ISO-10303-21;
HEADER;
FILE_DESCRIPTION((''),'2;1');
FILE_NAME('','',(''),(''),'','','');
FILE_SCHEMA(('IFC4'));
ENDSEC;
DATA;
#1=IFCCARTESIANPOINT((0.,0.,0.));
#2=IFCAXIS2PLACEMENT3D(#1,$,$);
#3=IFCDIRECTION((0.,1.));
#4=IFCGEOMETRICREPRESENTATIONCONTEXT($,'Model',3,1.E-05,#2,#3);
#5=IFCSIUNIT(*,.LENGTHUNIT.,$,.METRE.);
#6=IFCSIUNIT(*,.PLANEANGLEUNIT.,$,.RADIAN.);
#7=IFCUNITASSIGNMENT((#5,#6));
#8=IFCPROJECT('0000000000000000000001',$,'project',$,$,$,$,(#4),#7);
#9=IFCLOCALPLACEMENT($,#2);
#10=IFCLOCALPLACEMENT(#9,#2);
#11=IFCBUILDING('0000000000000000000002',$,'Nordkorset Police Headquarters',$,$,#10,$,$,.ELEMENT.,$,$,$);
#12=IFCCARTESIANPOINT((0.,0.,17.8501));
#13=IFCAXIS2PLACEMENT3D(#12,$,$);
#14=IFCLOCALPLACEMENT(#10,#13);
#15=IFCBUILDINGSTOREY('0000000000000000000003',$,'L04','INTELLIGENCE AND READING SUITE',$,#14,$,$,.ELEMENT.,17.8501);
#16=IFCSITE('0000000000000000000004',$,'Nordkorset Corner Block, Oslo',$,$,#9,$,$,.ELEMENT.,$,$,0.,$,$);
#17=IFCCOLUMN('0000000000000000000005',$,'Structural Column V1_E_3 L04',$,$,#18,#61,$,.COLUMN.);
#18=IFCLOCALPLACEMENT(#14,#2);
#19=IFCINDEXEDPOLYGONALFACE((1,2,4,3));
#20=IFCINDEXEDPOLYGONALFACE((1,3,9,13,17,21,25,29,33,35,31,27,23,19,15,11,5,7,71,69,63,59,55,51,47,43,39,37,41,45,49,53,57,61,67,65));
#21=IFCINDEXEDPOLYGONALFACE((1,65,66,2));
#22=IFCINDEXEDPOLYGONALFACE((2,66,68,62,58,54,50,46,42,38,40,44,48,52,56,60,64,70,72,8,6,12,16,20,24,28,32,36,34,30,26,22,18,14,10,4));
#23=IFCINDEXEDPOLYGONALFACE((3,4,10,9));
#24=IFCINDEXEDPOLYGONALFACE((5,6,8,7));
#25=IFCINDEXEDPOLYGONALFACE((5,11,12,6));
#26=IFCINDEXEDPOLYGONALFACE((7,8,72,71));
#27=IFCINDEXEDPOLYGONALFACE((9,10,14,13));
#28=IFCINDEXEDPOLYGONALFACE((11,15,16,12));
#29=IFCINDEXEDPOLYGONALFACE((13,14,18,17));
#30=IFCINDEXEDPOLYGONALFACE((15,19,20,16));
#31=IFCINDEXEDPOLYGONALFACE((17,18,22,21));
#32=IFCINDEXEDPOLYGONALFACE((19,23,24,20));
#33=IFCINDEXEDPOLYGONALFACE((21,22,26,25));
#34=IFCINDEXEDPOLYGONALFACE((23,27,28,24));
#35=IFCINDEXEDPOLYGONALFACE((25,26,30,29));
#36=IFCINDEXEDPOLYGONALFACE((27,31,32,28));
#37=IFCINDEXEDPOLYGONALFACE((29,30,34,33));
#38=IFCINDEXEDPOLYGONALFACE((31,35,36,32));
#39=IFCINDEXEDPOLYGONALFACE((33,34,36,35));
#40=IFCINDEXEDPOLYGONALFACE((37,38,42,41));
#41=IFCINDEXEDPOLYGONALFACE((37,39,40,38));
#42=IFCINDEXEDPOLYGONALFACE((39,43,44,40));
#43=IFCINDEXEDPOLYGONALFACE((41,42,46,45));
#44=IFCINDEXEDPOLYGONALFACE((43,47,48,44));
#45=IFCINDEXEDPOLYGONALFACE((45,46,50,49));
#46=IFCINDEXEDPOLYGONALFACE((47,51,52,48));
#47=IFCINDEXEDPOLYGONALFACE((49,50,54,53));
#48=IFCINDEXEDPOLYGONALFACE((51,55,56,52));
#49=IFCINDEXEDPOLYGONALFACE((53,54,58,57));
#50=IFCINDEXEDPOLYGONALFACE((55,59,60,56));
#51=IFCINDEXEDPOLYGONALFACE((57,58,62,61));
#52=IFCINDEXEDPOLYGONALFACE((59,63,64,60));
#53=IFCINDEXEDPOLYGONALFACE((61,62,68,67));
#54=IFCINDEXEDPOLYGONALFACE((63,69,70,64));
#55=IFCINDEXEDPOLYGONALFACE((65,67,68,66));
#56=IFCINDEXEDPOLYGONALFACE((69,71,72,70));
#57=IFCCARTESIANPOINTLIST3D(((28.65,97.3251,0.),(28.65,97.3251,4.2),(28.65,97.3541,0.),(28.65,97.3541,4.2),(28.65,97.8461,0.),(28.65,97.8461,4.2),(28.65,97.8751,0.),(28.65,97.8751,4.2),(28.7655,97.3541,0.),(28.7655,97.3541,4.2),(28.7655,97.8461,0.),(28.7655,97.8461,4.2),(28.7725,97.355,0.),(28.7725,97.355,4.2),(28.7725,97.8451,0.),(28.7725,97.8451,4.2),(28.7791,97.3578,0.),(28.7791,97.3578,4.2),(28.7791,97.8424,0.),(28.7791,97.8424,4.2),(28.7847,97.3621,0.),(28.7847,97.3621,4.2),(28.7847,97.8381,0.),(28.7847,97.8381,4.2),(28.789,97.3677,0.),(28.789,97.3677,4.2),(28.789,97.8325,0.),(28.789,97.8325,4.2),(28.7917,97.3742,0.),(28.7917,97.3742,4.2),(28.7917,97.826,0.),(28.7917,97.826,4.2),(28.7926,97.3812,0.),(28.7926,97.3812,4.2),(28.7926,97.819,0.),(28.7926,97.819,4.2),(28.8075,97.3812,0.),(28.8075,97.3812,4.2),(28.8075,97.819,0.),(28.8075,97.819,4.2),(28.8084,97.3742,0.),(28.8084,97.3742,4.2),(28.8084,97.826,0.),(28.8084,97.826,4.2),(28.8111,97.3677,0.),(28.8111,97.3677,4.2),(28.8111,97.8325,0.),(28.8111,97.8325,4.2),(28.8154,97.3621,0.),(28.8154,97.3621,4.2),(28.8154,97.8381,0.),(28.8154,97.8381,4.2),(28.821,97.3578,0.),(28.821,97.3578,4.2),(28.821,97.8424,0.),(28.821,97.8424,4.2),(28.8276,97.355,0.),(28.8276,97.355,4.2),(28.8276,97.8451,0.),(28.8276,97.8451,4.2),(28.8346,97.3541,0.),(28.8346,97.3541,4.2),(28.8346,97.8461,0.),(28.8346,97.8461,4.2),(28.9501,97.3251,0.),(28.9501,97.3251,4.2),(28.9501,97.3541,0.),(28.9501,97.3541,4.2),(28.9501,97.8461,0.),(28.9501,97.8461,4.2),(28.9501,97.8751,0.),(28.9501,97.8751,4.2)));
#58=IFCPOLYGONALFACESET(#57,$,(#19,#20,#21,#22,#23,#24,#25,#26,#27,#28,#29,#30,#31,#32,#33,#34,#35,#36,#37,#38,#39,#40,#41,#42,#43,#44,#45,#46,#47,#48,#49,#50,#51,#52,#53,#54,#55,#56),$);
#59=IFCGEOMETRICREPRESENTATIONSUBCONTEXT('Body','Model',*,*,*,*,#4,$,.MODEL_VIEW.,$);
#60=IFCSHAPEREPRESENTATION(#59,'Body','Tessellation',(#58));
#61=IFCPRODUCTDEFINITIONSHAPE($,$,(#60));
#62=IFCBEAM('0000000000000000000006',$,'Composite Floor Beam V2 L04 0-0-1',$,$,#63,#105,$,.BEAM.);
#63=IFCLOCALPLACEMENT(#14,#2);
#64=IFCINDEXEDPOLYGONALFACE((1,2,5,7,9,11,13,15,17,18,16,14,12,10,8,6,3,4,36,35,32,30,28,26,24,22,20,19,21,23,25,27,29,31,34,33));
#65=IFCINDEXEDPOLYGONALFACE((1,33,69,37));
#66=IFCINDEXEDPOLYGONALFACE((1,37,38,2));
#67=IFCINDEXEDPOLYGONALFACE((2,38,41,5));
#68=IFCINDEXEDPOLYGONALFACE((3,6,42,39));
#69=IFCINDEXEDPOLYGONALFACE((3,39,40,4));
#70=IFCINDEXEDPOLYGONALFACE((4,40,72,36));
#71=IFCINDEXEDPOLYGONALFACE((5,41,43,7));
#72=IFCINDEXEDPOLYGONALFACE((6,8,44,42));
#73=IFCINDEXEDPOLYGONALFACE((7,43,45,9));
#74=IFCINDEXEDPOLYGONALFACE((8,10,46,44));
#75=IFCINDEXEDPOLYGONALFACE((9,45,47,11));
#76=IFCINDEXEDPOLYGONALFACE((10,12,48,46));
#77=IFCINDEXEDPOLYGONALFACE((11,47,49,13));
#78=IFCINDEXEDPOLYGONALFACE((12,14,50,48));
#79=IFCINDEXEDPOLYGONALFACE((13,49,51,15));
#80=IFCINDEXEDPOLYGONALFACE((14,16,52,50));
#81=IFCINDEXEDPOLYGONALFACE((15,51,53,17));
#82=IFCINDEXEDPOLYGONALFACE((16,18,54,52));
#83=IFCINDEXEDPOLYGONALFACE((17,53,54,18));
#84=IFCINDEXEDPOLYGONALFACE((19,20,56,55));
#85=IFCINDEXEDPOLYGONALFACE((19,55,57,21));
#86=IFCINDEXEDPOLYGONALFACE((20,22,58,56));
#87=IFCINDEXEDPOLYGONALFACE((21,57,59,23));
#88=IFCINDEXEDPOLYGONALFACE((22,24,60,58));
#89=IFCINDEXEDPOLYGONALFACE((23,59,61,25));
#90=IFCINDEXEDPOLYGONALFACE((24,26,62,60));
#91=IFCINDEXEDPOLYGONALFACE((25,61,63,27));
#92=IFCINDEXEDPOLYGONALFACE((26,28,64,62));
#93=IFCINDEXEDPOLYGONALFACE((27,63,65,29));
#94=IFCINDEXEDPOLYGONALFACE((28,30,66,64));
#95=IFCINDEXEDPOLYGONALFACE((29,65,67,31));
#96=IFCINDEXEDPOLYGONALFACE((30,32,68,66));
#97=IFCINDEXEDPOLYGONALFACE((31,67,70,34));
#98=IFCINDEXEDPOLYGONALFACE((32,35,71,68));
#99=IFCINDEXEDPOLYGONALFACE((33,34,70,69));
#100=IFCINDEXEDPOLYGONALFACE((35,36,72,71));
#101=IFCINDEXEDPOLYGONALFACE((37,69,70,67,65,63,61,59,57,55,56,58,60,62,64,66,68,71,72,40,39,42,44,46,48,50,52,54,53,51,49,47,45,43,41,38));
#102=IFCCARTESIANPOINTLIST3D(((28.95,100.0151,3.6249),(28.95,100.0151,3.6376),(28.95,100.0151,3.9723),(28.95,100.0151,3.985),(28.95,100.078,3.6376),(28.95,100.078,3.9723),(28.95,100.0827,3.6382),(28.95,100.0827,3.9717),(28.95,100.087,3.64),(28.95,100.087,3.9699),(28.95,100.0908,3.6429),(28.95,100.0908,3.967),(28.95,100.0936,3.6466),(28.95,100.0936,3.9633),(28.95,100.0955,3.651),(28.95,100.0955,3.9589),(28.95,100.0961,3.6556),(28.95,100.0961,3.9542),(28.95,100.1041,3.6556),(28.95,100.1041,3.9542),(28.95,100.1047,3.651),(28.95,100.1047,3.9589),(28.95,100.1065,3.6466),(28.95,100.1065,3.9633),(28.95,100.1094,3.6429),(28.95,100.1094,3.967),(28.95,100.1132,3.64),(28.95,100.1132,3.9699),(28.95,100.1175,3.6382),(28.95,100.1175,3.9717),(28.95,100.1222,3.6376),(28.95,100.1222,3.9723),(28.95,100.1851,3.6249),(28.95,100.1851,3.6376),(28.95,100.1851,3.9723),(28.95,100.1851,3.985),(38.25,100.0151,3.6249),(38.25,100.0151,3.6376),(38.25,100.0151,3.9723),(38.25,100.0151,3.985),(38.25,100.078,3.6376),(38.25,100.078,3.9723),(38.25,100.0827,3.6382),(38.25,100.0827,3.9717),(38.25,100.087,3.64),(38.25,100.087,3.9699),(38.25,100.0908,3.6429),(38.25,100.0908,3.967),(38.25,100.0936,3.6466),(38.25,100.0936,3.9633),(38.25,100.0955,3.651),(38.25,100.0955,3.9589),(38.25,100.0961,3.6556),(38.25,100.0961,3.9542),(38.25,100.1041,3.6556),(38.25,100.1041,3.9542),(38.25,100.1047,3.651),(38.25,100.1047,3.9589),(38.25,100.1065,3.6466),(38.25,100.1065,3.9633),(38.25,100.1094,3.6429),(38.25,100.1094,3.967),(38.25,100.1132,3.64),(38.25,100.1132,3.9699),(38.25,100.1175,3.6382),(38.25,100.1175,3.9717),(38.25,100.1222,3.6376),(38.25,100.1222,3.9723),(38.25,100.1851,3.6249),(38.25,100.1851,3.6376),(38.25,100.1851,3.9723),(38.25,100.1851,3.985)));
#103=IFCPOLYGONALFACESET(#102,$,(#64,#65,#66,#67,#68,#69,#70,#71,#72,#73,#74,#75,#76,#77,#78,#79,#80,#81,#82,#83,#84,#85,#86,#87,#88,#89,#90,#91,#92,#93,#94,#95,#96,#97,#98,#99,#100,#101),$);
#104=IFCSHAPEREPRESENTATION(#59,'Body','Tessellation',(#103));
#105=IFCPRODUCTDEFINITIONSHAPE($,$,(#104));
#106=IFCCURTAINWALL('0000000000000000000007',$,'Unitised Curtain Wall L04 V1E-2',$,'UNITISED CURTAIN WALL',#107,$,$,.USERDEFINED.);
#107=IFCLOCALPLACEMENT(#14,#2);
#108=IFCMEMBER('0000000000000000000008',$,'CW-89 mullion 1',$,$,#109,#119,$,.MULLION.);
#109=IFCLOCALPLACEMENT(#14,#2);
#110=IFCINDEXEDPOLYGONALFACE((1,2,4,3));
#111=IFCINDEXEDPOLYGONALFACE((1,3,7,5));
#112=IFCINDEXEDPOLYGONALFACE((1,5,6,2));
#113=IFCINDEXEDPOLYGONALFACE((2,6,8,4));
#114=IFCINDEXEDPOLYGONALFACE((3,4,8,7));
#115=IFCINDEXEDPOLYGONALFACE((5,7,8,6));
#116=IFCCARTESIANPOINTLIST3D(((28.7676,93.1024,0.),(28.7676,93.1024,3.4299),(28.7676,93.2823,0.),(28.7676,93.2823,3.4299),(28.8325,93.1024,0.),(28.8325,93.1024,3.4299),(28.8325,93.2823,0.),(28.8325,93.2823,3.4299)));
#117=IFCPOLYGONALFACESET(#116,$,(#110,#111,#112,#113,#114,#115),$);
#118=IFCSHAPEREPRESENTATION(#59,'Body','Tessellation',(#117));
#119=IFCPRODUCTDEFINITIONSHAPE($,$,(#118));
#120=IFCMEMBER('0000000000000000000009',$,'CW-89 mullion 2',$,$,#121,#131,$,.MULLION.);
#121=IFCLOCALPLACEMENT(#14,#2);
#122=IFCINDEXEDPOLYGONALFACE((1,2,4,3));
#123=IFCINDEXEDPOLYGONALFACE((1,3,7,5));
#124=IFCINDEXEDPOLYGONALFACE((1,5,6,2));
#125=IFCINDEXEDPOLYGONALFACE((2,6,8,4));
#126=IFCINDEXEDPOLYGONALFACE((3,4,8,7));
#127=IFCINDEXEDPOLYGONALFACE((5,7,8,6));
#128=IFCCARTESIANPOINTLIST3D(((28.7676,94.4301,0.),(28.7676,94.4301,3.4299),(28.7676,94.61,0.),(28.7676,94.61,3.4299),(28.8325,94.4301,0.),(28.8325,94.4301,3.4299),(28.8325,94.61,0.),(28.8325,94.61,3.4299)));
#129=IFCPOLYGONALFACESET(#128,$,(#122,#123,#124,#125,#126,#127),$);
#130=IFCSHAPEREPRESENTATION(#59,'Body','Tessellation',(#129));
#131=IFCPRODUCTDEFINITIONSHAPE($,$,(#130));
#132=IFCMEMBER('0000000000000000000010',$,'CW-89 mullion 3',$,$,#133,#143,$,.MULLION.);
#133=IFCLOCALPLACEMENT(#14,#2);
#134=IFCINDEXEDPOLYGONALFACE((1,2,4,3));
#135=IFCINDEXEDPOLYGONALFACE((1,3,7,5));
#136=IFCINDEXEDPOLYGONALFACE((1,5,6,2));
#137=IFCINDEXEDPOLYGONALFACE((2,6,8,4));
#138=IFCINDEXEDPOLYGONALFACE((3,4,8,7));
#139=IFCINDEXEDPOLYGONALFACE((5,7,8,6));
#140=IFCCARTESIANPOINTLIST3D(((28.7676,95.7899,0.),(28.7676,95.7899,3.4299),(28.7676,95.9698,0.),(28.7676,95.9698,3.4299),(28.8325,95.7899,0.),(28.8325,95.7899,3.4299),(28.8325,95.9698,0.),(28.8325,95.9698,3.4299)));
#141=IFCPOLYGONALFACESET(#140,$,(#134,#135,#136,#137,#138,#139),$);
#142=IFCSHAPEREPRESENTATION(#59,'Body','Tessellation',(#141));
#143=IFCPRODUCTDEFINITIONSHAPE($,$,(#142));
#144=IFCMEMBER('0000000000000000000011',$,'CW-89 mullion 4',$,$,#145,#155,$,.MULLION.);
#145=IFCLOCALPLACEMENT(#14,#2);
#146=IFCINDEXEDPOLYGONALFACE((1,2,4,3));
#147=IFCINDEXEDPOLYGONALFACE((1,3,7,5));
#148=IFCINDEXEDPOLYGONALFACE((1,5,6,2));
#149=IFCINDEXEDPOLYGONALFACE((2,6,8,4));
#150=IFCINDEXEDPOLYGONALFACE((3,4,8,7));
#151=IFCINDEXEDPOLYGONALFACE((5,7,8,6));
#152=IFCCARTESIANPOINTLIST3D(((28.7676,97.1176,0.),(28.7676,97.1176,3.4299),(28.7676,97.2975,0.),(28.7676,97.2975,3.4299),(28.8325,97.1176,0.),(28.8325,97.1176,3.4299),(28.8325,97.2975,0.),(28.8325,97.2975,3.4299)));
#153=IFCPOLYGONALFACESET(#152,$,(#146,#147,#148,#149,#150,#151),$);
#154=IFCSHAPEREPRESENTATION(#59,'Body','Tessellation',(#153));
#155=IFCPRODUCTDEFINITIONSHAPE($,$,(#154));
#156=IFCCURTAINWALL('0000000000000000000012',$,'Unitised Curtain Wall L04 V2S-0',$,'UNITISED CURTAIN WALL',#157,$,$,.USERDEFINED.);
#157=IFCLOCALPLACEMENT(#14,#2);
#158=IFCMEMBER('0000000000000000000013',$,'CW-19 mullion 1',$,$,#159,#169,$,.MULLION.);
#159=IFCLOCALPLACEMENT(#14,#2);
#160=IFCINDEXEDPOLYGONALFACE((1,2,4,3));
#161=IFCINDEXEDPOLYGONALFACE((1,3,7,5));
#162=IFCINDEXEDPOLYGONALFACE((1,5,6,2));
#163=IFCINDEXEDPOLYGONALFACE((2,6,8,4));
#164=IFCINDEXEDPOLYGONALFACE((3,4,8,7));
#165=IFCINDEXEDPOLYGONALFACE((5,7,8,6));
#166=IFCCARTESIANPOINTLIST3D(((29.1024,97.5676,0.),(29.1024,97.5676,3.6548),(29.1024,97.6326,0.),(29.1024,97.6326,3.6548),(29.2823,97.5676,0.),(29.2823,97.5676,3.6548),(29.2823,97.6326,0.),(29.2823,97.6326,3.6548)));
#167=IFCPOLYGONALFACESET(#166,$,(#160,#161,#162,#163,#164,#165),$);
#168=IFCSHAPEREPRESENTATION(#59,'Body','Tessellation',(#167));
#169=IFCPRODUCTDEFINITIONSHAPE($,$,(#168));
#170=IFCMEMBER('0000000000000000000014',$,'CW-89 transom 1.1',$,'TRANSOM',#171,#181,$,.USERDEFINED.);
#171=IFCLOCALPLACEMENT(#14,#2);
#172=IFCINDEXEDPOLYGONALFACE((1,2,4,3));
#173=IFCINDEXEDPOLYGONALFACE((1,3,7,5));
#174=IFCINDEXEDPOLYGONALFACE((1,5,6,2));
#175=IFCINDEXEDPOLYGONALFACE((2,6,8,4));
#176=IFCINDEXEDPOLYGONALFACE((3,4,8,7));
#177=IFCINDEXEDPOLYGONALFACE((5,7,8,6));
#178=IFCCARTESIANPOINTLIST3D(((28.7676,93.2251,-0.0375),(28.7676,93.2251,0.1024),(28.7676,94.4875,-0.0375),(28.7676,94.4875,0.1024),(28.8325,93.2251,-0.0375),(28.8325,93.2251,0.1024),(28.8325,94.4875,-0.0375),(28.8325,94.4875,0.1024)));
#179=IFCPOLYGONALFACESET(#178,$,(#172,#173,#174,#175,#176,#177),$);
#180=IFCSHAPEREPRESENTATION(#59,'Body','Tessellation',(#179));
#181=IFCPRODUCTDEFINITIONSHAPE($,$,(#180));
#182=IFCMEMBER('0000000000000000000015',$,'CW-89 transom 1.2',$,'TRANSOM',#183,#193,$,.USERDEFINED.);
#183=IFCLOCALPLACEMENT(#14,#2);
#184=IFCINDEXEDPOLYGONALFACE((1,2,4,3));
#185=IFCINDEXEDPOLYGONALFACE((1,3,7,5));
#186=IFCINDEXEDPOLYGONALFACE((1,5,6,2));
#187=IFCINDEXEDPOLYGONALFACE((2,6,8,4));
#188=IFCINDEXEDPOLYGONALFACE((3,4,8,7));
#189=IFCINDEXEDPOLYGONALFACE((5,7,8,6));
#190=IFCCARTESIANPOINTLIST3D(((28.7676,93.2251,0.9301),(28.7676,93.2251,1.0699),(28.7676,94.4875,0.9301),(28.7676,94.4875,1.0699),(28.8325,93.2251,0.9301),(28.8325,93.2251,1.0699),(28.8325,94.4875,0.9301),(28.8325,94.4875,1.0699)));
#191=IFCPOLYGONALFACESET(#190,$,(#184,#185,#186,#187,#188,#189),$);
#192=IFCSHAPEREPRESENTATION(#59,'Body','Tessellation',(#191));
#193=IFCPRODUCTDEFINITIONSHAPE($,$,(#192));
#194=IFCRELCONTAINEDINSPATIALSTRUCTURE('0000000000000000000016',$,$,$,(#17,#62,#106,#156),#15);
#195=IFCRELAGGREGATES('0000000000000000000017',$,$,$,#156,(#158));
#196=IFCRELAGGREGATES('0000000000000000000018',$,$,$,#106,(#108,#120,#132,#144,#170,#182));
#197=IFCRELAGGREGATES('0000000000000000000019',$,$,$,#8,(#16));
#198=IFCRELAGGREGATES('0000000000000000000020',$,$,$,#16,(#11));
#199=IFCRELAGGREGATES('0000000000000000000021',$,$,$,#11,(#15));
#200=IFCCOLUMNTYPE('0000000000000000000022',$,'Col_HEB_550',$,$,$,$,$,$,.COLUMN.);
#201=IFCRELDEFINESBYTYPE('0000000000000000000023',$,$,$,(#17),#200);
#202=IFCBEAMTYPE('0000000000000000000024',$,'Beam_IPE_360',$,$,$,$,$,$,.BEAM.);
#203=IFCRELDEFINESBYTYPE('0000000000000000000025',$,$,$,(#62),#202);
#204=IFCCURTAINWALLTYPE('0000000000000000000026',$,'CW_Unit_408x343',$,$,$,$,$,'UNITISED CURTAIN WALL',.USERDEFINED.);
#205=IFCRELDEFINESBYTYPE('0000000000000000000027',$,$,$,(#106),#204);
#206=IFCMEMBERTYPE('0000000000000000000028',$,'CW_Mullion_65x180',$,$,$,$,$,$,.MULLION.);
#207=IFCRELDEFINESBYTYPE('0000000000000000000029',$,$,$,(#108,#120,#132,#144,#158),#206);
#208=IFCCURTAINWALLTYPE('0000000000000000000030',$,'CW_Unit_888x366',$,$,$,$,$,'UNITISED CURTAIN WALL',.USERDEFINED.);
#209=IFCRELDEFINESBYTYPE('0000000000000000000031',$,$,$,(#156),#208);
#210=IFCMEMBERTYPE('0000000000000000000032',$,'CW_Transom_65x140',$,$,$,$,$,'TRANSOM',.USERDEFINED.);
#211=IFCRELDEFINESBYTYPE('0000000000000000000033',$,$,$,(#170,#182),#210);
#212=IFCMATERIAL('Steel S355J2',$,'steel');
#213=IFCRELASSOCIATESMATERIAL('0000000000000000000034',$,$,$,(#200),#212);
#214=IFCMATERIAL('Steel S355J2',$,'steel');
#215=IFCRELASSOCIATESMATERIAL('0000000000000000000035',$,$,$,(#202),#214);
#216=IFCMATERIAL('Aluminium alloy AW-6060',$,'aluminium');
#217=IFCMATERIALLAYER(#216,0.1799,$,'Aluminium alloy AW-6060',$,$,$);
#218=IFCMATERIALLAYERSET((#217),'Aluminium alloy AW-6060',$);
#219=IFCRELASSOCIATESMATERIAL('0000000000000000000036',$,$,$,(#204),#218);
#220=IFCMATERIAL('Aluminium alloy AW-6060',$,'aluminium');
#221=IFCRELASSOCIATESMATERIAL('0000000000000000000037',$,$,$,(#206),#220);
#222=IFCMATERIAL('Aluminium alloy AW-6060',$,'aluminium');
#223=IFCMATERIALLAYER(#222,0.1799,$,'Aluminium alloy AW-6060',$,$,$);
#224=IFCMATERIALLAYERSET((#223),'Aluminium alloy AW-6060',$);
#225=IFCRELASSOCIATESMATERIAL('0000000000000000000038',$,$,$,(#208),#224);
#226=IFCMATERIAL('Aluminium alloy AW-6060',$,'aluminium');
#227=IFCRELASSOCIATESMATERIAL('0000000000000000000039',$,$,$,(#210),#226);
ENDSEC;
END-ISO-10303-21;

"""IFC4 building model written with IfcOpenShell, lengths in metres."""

from ifc_helpers import new_model, si_unit, direction, frame, origin, origin_2d, place, context, subcontext, project, spatial, rectangle, i_section, extrude, material, layer, layer_set, material_profile, profile_set, type_object, element, aggregate, save


model = new_model("IFC4")

# Units and contexts
model_context = context("Model", 3, precision=1e-05, world=origin(), true_north=direction((0.0, 1.0)))
body_context = subcontext(model_context, "Body", "Model", "MODEL_VIEW")
ifc_project = project(units=[si_unit("LENGTHUNIT", "METRE"), si_unit("PLANEANGLEUNIT", "RADIAN")], contexts=[model_context])

# Site, building, storey
site_placement = place(None, origin())
site = spatial("IfcSite", under=ifc_project, at=site_placement, Name="Nordkorset Corner Block, Oslo", CompositionType="ELEMENT", RefElevation=0.0)
building_placement = place(site_placement, origin())
building = spatial("IfcBuilding", under=site, at=building_placement, Name="Nordkorset Police Headquarters", CompositionType="ELEMENT")
storey_placement = place(building_placement, frame((0.0, 0.0, 17.8501)))
storey = spatial("IfcBuildingStorey", under=building, at=storey_placement, Name="L04", Description="INTELLIGENCE AND READING SUITE", CompositionType="ELEMENT", Elevation=17.8501)

# Column
ifc_material_1 = material(Name="Steel S355J2", Category="steel")
ifc_material_profile_1 = material_profile(ifc_material_1, i_section(OverallWidth=0.3, OverallDepth=0.55, WebThickness=0.0149, FlangeThickness=0.0291, FilletRadius=0.0271, at=origin_2d()), Name="HEB 550")
ifc_profile_set_1 = profile_set([ifc_material_profile_1], Name="Steel S355J2")
column_type = type_object("IfcColumnType", Name="Col_HEB_550", PredefinedType="COLUMN", material=ifc_profile_set_1)
column_placement = place(storey_placement, frame((28.8, 97.6001, 0.0), z_axis=(0.0, 0.0, 1.0), x_axis=(1.0, 0.0, 0.0)))
element("IfcColumn", 1, at=column_placement, inside=storey, type_object=column_type, Name="Structural Column V1_E_3 L04", PredefinedType="COLUMN", context=body_context, shape_type="SweptSolid", body=[
    extrude(i_section(OverallWidth=0.3, OverallDepth=0.55, WebThickness=0.0149, FlangeThickness=0.0291, FilletRadius=0.0271, at=origin_2d()), origin(), (0.0, 0.0, 1.0), 4.2),
])

# Beam
ifc_material_2 = material(Name="Steel S355J2", Category="steel")
ifc_material_profile_2 = material_profile(ifc_material_2, i_section(OverallWidth=0.1699, OverallDepth=0.3601, WebThickness=0.0081, FlangeThickness=0.0127, FilletRadius=0.0181, at=origin_2d()), Name="IPE 360")
ifc_profile_set_2 = profile_set([ifc_material_profile_2], Name="Steel S355J2")
beam_type_1 = type_object("IfcBeamType", Name="Beam_IPE_360", PredefinedType="BEAM", material=ifc_profile_set_2)
beam_1_placement = place(storey_placement, frame((28.95, 100.1001, 3.8049), z_axis=(1.0, 0.0, 0.0), x_axis=(0.0, 1.0, 0.0)))
element("IfcBeam", 2, at=beam_1_placement, inside=storey, type_object=beam_type_1, Name="Composite Floor Beam V2 L04 0-0-1", PredefinedType="BEAM", context=body_context, shape_type="SweptSolid", body=[
    extrude(i_section(OverallWidth=0.1699, OverallDepth=0.3601, WebThickness=0.0081, FlangeThickness=0.0127, FilletRadius=0.0181, at=origin_2d()), origin(), (0.0, 0.0, 1.0), 9.3),
])

# Curtain wall, members
ifc_material_3 = material(Name="Aluminium alloy AW-6060", Category="aluminium")
ifc_layer_1 = layer(ifc_material_3, 0.1799, Name="Aluminium alloy AW-6060")
ifc_layer_set_1 = layer_set([ifc_layer_1], Name="Aluminium alloy AW-6060")
curtain_wall_type_1 = type_object("IfcCurtainWallType", Name="CW_Unit_408x343", ElementType="UNITISED CURTAIN WALL", PredefinedType="USERDEFINED", material=ifc_layer_set_1)
curtain_wall_1_placement = place(storey_placement, origin())
curtain_wall_1 = element("IfcCurtainWall", 3, at=curtain_wall_1_placement, inside=storey, type_object=curtain_wall_type_1, Name="Unitised Curtain Wall L04 V1E-2", ObjectType="UNITISED CURTAIN WALL", PredefinedType="USERDEFINED")
ifc_material_4 = material(Name="Aluminium alloy AW-6060", Category="aluminium")
ifc_material_profile_3 = material_profile(ifc_material_4, rectangle(XDim=0.0649, YDim=0.1799, at=origin_2d()), Name="ALU MULL 65x180")
ifc_profile_set_3 = profile_set([ifc_material_profile_3], Name="Aluminium alloy AW-6060")
member_type_1 = type_object("IfcMemberType", Name="CW_Mullion_65x180", PredefinedType="MULLION", material=ifc_profile_set_3)
member_1_placement = place(storey_placement, frame((28.8, 93.1924, 0.0), z_axis=(0.0, 0.0, 1.0), x_axis=(-1.0, 0.0, 0.0)))
member_1 = element("IfcMember", 4, at=member_1_placement, type_object=member_type_1, Name="CW-89 mullion 1", PredefinedType="MULLION", context=body_context, shape_type="SweptSolid", body=[
    extrude(rectangle(XDim=0.0649, YDim=0.1799, at=origin_2d()), origin(), (0.0, 0.0, 1.0), 3.4299),
])
member_2_placement = place(storey_placement, frame((28.8, 94.52, 0.0), z_axis=(0.0, 0.0, 1.0), x_axis=(-1.0, 0.0, 0.0)))
member_2 = element("IfcMember", 5, at=member_2_placement, type_object=member_type_1, Name="CW-89 mullion 2", PredefinedType="MULLION", context=body_context, shape_type="SweptSolid", body=[
    extrude(rectangle(XDim=0.0649, YDim=0.1799, at=origin_2d()), origin(), (0.0, 0.0, 1.0), 3.4299),
])
member_3_placement = place(storey_placement, frame((28.8, 95.8799, 0.0), z_axis=(0.0, 0.0, 1.0), x_axis=(-1.0, 0.0, 0.0)))
member_3 = element("IfcMember", 6, at=member_3_placement, type_object=member_type_1, Name="CW-89 mullion 3", PredefinedType="MULLION", context=body_context, shape_type="SweptSolid", body=[
    extrude(rectangle(XDim=0.0649, YDim=0.1799, at=origin_2d()), origin(), (0.0, 0.0, 1.0), 3.4299),
])
member_4_placement = place(storey_placement, frame((28.8, 97.2075, 0.0), z_axis=(0.0, 0.0, 1.0), x_axis=(-1.0, 0.0, 0.0)))
member_4 = element("IfcMember", 7, at=member_4_placement, type_object=member_type_1, Name="CW-89 mullion 4", PredefinedType="MULLION", context=body_context, shape_type="SweptSolid", body=[
    extrude(rectangle(XDim=0.0649, YDim=0.1799, at=origin_2d()), origin(), (0.0, 0.0, 1.0), 3.4299),
])

# Curtain wall, member
ifc_material_5 = material(Name="Aluminium alloy AW-6060", Category="aluminium")
ifc_layer_2 = layer(ifc_material_5, 0.1799, Name="Aluminium alloy AW-6060")
ifc_layer_set_2 = layer_set([ifc_layer_2], Name="Aluminium alloy AW-6060")
curtain_wall_type_2 = type_object("IfcCurtainWallType", Name="CW_Unit_888x366", ElementType="UNITISED CURTAIN WALL", PredefinedType="USERDEFINED", material=ifc_layer_set_2)
curtain_wall_2_placement = place(storey_placement, origin())
curtain_wall_2 = element("IfcCurtainWall", 8, at=curtain_wall_2_placement, inside=storey, type_object=curtain_wall_type_2, Name="Unitised Curtain Wall L04 V2S-0", ObjectType="UNITISED CURTAIN WALL", PredefinedType="USERDEFINED")
member_5_placement = place(storey_placement, frame((29.1924, 97.6001, 0.0), z_axis=(0.0, 0.0, 1.0), x_axis=(0.0, 1.0, 0.0)))
member_5 = element("IfcMember", 9, at=member_5_placement, type_object=member_type_1, Name="CW-19 mullion 1", PredefinedType="MULLION", context=body_context, shape_type="SweptSolid", body=[
    extrude(rectangle(XDim=0.0649, YDim=0.1799, at=origin_2d()), origin(), (0.0, 0.0, 1.0), 3.6548),
])

# Members
ifc_material_6 = material(Name="Aluminium alloy AW-6060", Category="aluminium")
ifc_material_profile_4 = material_profile(ifc_material_6, rectangle(XDim=0.0649, YDim=0.1399, at=origin_2d()), Name="ALU TRAN 65x140")
ifc_profile_set_4 = profile_set([ifc_material_profile_4], Name="Aluminium alloy AW-6060")
member_type_2 = type_object("IfcMemberType", Name="CW_Transom_65x140", ElementType="TRANSOM", PredefinedType="USERDEFINED", material=ifc_profile_set_4)
member_6_placement = place(storey_placement, frame((28.8, 93.2251, 0.0325), z_axis=(0.0, 1.0, 0.0), x_axis=(-1.0, 0.0, 0.0)))
member_6 = element("IfcMember", 10, at=member_6_placement, type_object=member_type_2, Name="CW-89 transom 1.1", ObjectType="TRANSOM", PredefinedType="USERDEFINED", context=body_context, shape_type="SweptSolid", body=[
    extrude(rectangle(XDim=0.0649, YDim=0.1399, at=origin_2d()), origin(), (0.0, 0.0, 1.0), 1.2625),
])
member_7_placement = place(storey_placement, frame((28.8, 93.2251, 1.0), z_axis=(0.0, 1.0, 0.0), x_axis=(-1.0, 0.0, 0.0)))
member_7 = element("IfcMember", 11, at=member_7_placement, type_object=member_type_2, Name="CW-89 transom 1.2", ObjectType="TRANSOM", PredefinedType="USERDEFINED", context=body_context, shape_type="SweptSolid", body=[
    extrude(rectangle(XDim=0.0649, YDim=0.1399, at=origin_2d()), origin(), (0.0, 0.0, 1.0), 1.2625),
])
aggregate(curtain_wall_2, [member_5])

aggregate(curtain_wall_1, [member_1, member_2, member_3, member_4, member_6, member_7])

save(model, "model.ifc")
